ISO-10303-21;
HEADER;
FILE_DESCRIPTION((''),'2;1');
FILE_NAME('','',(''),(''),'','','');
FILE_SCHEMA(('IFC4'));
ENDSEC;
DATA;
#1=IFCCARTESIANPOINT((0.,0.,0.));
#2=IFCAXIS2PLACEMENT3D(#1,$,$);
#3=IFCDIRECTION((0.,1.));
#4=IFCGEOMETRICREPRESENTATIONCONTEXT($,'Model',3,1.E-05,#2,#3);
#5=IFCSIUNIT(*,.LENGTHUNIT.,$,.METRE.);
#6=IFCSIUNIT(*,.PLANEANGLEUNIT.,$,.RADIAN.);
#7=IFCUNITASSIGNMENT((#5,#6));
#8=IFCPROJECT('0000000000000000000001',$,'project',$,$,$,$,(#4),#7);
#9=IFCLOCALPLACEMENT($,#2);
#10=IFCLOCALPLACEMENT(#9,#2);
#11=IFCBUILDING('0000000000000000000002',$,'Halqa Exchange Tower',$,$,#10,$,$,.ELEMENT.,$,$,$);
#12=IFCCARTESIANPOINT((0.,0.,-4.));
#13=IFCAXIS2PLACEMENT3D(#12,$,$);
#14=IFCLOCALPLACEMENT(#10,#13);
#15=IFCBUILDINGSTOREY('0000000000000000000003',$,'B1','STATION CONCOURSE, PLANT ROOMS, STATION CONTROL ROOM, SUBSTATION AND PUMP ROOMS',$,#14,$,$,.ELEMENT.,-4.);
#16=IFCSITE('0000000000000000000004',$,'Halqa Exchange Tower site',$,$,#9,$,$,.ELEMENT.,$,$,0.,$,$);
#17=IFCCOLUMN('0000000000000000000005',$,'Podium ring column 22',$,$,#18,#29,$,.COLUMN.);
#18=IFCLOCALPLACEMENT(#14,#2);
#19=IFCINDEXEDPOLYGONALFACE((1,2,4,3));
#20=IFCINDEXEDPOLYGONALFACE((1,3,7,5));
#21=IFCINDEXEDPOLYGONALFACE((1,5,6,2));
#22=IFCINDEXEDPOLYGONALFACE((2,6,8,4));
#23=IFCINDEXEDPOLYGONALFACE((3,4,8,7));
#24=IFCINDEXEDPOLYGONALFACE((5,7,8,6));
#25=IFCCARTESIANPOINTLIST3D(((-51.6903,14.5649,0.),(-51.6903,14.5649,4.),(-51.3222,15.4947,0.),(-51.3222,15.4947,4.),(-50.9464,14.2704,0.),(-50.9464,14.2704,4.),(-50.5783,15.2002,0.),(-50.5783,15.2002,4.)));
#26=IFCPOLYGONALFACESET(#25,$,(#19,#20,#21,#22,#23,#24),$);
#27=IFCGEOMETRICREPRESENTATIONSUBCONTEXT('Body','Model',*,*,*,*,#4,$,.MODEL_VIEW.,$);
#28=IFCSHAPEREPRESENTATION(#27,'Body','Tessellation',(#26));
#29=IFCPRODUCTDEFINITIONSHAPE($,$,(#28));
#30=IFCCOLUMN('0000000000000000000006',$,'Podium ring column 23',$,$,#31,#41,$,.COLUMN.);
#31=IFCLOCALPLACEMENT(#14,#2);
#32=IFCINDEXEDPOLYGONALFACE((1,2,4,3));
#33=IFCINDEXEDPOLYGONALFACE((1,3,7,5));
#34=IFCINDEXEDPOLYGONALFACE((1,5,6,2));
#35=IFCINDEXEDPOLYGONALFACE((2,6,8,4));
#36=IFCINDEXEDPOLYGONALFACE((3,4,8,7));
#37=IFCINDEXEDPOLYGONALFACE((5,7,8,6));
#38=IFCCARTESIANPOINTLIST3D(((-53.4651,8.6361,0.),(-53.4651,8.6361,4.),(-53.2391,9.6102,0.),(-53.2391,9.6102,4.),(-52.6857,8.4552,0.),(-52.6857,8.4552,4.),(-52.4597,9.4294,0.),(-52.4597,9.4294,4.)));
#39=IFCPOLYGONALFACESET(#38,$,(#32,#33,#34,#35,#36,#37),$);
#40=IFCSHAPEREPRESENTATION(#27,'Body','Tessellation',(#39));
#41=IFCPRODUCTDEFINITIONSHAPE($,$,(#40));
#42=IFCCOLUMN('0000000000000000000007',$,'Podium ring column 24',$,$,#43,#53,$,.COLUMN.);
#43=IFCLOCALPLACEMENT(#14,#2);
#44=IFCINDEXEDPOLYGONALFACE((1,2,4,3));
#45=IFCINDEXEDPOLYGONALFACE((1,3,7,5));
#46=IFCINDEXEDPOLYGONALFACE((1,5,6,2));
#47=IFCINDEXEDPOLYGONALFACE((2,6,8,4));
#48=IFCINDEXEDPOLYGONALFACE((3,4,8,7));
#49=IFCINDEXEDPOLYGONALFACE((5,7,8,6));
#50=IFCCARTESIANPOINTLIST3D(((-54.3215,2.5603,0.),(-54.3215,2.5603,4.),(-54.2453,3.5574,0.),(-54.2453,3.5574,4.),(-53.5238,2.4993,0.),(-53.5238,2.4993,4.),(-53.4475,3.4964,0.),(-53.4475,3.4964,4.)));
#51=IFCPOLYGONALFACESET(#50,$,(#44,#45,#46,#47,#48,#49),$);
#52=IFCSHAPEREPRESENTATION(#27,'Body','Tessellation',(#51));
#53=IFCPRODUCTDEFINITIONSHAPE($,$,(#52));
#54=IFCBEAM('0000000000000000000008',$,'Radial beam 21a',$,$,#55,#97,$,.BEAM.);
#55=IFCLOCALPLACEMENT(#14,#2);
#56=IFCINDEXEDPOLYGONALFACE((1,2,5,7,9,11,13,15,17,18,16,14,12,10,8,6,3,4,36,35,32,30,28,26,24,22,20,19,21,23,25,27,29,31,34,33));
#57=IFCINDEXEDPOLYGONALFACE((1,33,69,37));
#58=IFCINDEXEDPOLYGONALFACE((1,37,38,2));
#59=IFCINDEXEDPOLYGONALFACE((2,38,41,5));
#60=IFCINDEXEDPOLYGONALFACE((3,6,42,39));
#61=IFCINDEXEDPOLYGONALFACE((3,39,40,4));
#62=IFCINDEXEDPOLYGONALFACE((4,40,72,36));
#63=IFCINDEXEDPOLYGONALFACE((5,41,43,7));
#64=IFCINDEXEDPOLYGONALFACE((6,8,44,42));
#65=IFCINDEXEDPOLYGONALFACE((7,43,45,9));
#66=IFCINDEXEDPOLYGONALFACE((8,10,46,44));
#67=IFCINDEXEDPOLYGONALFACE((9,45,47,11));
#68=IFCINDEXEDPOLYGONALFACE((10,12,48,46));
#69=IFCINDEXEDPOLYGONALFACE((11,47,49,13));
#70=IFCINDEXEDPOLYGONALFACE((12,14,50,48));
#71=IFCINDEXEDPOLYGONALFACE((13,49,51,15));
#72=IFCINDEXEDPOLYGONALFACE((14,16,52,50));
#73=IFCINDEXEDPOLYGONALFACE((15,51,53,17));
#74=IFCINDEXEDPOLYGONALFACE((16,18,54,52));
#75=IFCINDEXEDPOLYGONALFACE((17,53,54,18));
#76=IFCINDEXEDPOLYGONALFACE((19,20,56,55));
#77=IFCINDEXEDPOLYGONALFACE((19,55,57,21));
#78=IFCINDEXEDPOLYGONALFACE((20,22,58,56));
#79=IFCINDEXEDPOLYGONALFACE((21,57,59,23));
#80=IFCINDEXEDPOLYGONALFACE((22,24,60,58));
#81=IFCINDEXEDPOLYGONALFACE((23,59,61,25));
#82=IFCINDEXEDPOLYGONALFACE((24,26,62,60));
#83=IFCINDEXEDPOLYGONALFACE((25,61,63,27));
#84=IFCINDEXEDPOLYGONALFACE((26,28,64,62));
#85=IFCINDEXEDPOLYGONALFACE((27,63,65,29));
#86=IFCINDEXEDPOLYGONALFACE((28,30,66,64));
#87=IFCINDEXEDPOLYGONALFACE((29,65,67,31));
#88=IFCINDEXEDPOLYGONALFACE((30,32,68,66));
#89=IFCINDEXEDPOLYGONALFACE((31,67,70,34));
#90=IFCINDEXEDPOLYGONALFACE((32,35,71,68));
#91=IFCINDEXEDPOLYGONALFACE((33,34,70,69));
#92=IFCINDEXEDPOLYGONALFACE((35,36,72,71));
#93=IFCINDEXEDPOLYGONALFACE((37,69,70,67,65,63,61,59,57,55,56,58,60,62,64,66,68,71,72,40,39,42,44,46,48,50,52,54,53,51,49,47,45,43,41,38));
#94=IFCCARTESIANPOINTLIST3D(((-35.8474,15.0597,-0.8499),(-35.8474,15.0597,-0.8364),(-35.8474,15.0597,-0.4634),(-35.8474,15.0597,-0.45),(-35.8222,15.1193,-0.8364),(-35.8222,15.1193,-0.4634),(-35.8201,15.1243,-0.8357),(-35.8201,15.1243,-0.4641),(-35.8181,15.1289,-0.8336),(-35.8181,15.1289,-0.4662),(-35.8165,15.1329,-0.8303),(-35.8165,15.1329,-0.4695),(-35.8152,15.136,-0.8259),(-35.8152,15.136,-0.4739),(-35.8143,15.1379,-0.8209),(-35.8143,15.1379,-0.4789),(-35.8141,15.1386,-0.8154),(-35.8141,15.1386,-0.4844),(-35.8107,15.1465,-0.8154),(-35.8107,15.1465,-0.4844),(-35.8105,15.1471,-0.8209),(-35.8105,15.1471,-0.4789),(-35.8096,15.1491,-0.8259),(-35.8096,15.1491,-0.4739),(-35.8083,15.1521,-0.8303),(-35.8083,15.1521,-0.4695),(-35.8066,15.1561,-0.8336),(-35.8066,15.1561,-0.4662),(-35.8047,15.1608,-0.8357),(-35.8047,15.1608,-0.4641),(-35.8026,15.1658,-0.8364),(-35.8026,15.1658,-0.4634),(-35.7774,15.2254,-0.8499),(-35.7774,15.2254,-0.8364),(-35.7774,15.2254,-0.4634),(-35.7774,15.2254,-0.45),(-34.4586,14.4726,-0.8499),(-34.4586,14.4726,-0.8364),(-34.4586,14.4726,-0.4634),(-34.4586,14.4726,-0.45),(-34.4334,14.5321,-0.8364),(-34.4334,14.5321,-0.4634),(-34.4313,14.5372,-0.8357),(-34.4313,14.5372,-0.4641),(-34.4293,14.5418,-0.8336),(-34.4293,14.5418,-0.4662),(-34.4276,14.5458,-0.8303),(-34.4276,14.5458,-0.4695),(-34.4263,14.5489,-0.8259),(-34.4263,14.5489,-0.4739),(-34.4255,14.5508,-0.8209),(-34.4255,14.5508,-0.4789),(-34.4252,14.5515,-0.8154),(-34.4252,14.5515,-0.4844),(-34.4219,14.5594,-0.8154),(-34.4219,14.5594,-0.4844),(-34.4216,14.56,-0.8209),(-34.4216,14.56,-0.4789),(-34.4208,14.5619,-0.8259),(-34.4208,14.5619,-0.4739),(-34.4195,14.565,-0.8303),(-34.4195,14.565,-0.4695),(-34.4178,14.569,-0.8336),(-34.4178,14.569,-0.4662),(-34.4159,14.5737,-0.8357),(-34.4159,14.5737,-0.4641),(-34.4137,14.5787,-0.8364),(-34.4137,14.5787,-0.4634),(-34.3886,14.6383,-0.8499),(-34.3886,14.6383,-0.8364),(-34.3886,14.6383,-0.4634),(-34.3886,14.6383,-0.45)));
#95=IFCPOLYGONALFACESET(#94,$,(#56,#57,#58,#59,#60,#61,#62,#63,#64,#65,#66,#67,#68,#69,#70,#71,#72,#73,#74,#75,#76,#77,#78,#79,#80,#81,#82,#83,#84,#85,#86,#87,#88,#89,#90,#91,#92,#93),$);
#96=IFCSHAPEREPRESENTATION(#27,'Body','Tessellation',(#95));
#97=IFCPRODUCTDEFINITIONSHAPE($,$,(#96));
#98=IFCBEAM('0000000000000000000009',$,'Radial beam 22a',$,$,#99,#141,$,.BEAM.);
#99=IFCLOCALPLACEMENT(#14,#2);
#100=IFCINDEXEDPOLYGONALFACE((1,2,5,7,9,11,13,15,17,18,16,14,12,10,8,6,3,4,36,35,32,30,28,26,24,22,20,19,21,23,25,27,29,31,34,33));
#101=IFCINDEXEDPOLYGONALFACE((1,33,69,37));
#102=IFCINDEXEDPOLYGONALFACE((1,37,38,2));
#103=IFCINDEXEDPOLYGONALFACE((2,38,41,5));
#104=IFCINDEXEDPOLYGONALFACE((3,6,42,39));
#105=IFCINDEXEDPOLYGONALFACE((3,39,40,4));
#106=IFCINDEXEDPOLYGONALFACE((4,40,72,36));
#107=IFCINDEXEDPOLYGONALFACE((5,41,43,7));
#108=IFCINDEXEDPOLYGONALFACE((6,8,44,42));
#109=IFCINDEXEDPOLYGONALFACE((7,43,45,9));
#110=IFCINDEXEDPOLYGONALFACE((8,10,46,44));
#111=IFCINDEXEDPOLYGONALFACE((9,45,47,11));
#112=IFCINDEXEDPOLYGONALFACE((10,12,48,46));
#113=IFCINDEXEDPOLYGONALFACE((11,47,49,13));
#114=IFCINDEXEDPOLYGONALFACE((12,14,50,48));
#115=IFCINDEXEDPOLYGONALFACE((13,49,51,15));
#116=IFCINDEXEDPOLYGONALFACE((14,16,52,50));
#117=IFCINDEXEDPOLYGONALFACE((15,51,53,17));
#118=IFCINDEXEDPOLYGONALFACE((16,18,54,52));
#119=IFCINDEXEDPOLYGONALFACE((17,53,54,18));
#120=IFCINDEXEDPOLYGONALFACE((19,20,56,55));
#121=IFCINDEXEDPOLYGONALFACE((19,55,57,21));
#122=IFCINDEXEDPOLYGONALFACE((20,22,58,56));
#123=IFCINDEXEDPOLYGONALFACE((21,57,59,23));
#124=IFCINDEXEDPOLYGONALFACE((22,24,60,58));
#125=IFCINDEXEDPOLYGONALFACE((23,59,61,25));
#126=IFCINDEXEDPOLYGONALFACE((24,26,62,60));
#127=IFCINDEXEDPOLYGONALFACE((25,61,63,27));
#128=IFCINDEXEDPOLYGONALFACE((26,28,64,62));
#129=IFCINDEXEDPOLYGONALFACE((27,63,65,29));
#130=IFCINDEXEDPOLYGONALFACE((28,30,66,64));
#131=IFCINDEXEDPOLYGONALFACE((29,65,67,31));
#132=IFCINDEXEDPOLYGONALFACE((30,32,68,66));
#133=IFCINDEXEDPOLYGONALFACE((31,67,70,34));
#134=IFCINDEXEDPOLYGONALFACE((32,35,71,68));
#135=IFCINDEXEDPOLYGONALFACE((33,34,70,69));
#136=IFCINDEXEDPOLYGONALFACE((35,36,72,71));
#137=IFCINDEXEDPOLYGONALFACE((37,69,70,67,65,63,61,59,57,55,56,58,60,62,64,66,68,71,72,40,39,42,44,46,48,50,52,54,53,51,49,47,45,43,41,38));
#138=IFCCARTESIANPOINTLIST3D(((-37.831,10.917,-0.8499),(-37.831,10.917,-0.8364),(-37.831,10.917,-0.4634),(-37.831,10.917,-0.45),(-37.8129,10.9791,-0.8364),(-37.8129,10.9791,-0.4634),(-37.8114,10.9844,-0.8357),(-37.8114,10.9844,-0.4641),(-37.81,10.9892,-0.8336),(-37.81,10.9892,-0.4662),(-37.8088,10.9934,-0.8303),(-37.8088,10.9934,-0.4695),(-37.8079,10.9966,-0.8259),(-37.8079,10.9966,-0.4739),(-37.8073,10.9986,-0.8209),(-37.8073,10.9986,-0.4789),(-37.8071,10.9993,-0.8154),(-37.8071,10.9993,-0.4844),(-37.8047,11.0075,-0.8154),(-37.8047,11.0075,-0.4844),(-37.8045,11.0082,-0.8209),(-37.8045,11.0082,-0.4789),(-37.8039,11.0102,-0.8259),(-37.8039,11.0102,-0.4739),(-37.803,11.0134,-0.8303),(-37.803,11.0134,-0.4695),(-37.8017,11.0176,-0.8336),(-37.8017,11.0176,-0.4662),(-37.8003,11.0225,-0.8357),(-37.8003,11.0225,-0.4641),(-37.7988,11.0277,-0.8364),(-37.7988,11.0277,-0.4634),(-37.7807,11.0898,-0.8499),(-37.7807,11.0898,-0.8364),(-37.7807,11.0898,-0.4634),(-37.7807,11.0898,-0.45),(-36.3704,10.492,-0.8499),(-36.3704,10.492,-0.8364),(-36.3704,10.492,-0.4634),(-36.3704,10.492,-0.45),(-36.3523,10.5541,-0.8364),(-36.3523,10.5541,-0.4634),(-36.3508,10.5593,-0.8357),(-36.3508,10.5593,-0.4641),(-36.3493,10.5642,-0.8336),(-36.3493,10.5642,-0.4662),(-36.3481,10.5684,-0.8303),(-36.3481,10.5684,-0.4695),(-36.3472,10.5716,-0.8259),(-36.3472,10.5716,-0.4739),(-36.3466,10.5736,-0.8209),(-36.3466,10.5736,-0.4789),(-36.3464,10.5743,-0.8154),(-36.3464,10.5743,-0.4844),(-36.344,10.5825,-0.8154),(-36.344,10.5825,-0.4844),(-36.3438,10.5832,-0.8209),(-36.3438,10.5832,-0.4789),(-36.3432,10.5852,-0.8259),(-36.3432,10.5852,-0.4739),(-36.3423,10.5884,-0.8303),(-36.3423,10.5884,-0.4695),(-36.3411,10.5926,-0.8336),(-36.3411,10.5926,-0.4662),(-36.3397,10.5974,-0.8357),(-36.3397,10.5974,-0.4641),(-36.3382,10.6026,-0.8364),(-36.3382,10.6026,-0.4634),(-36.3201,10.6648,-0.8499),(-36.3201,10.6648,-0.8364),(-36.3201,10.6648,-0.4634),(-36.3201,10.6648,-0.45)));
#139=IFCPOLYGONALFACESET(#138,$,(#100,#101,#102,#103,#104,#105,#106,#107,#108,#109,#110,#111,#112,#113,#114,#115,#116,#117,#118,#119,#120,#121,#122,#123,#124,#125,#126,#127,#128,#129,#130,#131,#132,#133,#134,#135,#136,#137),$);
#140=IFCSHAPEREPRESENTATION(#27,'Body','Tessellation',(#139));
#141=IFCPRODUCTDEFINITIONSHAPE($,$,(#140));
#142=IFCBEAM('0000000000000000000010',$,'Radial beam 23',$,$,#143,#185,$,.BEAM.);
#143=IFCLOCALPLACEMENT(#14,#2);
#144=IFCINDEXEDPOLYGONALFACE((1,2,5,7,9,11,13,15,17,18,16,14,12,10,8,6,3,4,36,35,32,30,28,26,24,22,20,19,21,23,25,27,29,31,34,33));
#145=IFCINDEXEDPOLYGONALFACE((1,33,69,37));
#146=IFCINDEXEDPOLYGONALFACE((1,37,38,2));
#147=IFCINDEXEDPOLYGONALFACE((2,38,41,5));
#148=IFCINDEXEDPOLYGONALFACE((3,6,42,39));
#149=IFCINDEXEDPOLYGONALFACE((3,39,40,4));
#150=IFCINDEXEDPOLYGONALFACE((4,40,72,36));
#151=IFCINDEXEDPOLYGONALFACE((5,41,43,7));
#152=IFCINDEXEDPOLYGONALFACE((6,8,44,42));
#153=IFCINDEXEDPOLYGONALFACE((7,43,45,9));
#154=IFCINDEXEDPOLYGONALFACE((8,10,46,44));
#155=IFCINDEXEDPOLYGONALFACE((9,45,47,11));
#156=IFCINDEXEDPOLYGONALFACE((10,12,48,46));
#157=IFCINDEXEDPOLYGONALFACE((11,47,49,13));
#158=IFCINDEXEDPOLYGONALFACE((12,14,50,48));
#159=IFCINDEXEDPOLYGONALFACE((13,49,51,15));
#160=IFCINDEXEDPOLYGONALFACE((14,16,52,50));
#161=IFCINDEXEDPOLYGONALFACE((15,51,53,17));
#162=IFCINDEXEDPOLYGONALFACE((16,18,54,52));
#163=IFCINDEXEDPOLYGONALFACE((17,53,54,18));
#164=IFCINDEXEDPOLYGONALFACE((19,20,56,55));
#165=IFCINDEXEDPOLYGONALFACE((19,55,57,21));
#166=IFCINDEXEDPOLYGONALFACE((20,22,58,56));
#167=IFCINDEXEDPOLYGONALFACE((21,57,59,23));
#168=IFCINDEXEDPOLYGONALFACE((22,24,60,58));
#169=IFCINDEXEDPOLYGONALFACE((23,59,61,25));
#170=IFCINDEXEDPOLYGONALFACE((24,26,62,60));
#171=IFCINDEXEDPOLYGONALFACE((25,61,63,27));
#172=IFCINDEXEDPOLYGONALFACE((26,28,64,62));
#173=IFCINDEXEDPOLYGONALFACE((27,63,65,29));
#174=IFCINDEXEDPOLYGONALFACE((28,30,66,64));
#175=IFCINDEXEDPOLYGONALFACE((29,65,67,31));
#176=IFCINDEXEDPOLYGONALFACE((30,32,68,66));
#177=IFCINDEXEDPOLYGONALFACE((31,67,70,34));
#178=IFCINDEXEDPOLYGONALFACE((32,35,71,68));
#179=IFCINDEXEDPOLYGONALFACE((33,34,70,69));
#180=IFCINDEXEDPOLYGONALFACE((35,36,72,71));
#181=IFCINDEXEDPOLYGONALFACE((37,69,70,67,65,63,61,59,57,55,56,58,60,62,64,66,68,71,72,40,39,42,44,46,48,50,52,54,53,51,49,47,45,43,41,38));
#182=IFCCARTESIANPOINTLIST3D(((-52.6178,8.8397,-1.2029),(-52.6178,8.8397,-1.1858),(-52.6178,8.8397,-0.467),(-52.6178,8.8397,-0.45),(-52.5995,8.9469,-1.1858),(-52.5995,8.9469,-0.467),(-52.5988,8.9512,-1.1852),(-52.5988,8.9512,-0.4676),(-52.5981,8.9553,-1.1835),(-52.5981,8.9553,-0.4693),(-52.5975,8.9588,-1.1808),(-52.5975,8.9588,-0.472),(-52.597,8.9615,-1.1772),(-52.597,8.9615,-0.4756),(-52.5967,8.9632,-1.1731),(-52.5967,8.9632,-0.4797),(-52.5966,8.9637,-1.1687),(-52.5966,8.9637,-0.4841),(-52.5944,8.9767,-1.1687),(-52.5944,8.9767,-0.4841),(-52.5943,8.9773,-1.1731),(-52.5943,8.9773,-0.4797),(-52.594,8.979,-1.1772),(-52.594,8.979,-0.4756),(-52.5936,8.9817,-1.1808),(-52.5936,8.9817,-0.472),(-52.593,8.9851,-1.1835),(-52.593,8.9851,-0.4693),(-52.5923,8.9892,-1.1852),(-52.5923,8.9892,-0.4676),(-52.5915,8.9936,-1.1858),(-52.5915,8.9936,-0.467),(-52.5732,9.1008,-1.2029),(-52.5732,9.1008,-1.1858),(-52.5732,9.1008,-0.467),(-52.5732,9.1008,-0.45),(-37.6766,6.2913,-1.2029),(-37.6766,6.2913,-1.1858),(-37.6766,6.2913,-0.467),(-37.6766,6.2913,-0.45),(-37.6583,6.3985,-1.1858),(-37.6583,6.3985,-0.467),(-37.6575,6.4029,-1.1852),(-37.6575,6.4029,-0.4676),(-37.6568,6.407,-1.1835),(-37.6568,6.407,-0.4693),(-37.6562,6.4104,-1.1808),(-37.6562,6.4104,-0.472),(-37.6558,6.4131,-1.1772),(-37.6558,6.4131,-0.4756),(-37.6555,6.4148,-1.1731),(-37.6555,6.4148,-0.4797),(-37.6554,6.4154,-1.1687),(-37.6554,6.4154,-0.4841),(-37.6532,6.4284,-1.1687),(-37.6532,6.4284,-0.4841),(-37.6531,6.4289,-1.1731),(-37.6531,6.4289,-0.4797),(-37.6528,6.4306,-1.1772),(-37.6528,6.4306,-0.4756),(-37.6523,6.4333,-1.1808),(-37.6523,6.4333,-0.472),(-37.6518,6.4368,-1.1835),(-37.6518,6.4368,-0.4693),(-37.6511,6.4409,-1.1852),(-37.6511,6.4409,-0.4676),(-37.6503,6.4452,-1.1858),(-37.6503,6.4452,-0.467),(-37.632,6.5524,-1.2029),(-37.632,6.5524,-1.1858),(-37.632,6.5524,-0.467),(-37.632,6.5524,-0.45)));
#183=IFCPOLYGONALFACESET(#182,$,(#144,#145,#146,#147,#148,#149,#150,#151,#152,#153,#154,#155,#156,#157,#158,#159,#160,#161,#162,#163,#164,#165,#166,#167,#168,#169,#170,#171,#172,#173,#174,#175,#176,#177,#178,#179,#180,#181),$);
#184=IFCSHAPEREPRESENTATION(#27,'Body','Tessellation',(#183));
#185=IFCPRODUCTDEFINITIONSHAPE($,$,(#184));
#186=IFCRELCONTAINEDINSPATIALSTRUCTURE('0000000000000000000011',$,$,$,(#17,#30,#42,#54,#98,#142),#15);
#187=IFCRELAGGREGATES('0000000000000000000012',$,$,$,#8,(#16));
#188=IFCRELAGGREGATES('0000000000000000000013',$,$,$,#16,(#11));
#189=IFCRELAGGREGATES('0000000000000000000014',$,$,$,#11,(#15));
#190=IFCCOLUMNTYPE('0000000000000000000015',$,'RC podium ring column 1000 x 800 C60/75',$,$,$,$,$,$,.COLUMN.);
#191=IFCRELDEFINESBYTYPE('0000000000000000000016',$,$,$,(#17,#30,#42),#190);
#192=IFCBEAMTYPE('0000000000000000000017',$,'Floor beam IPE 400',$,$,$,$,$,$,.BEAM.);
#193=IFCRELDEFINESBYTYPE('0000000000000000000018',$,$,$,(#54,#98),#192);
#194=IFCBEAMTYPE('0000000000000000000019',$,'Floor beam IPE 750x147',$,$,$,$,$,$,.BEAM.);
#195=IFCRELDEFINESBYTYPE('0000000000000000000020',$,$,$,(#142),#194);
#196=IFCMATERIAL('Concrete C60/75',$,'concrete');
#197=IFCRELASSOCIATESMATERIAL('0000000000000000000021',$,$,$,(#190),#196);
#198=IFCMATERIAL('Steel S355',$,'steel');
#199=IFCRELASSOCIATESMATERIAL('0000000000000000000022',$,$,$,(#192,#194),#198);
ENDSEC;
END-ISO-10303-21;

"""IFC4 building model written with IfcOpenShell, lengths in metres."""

from ifc_helpers import new_model, si_unit, direction, frame, origin, origin_2d, place, context, subcontext, project, spatial, rectangle, i_section, extrude, material, material_profile, profile_set, type_object, element, save


model = new_model("IFC4")

# Units and contexts
model_context = context("Model", 3, precision=1e-05, world=origin(), true_north=direction((0.0, 1.0)))
body_context = subcontext(model_context, "Body", "Model", "MODEL_VIEW")
ifc_project = project(units=[si_unit("LENGTHUNIT", "METRE"), si_unit("PLANEANGLEUNIT", "RADIAN")], contexts=[model_context])

# Site, building, storey
site_placement = place(None, origin())
site = spatial("IfcSite", under=ifc_project, at=site_placement, Name="Halqa Exchange Tower site", CompositionType="ELEMENT", RefElevation=0.0)
building_placement = place(site_placement, origin())
building = spatial("IfcBuilding", under=site, at=building_placement, Name="Halqa Exchange Tower", CompositionType="ELEMENT")
storey_placement = place(building_placement, frame((0.0, 0.0, -4.0)))
storey = spatial("IfcBuildingStorey", under=building, at=storey_placement, Name="B1", Description="STATION CONCOURSE, PLANT ROOMS, STATION CONTROL ROOM, SUBSTATION AND PUMP ROOMS", CompositionType="ELEMENT", Elevation=-4.0)

# Columns
ifc_material_1 = material(Name="Concrete C60/75", Category="concrete")
ifc_material_profile_1 = material_profile(ifc_material_1, rectangle(XDim=1.0, YDim=0.8, at=origin_2d()), Name="1000 x 800")
ifc_profile_set_1 = profile_set([ifc_material_profile_1], Name="Concrete C60/75")
column_type = type_object("IfcColumnType", Name="RC podium ring column 1000 x 800 C60/75", PredefinedType="COLUMN", material=ifc_profile_set_1)
for number, where, z_axis, x_axis, name in (
    (1, (-51.1343, 14.8826, 0.0), (0.0, 0.0, 1.0), (-0.36811, -0.929782, 0.0), "Podium ring column 22"),
    (2, (-52.9624, 9.0327, 0.0), (0.0, 0.0, 1.0), (-0.225997, -0.974128, 0.0), "Podium ring column 23"),
    (3, (-53.8845, 3.0283, 0.0), (0.0, 0.0, 1.0), (-0.076223, -0.997091, 0.0), "Podium ring column 24"),
):
    element("IfcColumn", number, at=place(storey_placement, frame(where, z_axis=z_axis, x_axis=x_axis)), inside=storey, type_object=column_type, Name=name, PredefinedType="COLUMN", context=body_context, shape_type="SweptSolid", body=[
        extrude(rectangle(XDim=1.0, YDim=0.8, at=origin_2d()), origin(), (0.0, 0.0, 1.0), 4.0),
    ])

# Beams
ifc_material_2 = material(Name="Steel S355", Category="steel")
ifc_material_profile_2 = material_profile(ifc_material_2, i_section(OverallWidth=0.1799, OverallDepth=0.3999, WebThickness=0.0085, FlangeThickness=0.0134, FilletRadius=0.021, at=origin_2d()), Name="IPE 400")
ifc_profile_set_2 = profile_set([ifc_material_profile_2], Name="Steel S355")
beam_type_1 = type_object("IfcBeamType", Name="Floor beam IPE 400", PredefinedType="BEAM", material=ifc_profile_set_2)
beam_1_placement = place(storey_placement, frame((-34.4236, 14.5554, -0.6499), z_axis=(-0.921077, 0.389381, 0.0), x_axis=(-0.389381, -0.921077, 0.0)))
element("IfcBeam", 4, at=beam_1_placement, inside=storey, type_object=beam_type_1, Name="Radial beam 21a", PredefinedType="BEAM", context=body_context, shape_type="SweptSolid", body=[
    extrude(i_section(OverallWidth=0.1799, OverallDepth=0.3999, WebThickness=0.0085, FlangeThickness=0.0134, FilletRadius=0.021, at=origin_2d()), origin(), (0.0, 0.0, 1.0), 1.5078),
])
beam_2_placement = place(storey_placement, frame((-36.3452, 10.5784, -0.6499), z_axis=(-0.960174, 0.279402, 0.0), x_axis=(-0.279402, -0.960174, 0.0)))
element("IfcBeam", 5, at=beam_2_placement, inside=storey, type_object=beam_type_1, Name="Radial beam 22a", PredefinedType="BEAM", context=body_context, shape_type="SweptSolid", body=[
    extrude(i_section(OverallWidth=0.1799, OverallDepth=0.3999, WebThickness=0.0085, FlangeThickness=0.0134, FilletRadius=0.021, at=origin_2d()), origin(), (0.0, 0.0, 1.0), 1.5212),
])
ifc_material_profile_3 = material_profile(ifc_material_2, i_section(OverallWidth=0.2649, OverallDepth=0.7529, WebThickness=0.0132, FlangeThickness=0.0171, FilletRadius=0.0171, at=origin_2d()), Name="IPE 750x147")
ifc_profile_set_3 = profile_set([ifc_material_profile_3], Name="Steel S355")
beam_type_2 = type_object("IfcBeamType", Name="Floor beam IPE 750x147", PredefinedType="BEAM", material=ifc_profile_set_3)
beam_3_placement = place(storey_placement, frame((-37.6543, 6.4219, -0.8264), z_axis=(-0.985765, 0.16813, 0.0), x_axis=(-0.16813, -0.985765, 0.0)))
element("IfcBeam", 6, at=beam_3_placement, inside=storey, type_object=beam_type_2, Name="Radial beam 23", PredefinedType="BEAM", context=body_context, shape_type="SweptSolid", body=[
    extrude(i_section(OverallWidth=0.2649, OverallDepth=0.7529, WebThickness=0.0132, FlangeThickness=0.0171, FilletRadius=0.0171, at=origin_2d()), origin(), (0.0, 0.0, 1.0), 15.157),
])

save(model, "model.ifc")
